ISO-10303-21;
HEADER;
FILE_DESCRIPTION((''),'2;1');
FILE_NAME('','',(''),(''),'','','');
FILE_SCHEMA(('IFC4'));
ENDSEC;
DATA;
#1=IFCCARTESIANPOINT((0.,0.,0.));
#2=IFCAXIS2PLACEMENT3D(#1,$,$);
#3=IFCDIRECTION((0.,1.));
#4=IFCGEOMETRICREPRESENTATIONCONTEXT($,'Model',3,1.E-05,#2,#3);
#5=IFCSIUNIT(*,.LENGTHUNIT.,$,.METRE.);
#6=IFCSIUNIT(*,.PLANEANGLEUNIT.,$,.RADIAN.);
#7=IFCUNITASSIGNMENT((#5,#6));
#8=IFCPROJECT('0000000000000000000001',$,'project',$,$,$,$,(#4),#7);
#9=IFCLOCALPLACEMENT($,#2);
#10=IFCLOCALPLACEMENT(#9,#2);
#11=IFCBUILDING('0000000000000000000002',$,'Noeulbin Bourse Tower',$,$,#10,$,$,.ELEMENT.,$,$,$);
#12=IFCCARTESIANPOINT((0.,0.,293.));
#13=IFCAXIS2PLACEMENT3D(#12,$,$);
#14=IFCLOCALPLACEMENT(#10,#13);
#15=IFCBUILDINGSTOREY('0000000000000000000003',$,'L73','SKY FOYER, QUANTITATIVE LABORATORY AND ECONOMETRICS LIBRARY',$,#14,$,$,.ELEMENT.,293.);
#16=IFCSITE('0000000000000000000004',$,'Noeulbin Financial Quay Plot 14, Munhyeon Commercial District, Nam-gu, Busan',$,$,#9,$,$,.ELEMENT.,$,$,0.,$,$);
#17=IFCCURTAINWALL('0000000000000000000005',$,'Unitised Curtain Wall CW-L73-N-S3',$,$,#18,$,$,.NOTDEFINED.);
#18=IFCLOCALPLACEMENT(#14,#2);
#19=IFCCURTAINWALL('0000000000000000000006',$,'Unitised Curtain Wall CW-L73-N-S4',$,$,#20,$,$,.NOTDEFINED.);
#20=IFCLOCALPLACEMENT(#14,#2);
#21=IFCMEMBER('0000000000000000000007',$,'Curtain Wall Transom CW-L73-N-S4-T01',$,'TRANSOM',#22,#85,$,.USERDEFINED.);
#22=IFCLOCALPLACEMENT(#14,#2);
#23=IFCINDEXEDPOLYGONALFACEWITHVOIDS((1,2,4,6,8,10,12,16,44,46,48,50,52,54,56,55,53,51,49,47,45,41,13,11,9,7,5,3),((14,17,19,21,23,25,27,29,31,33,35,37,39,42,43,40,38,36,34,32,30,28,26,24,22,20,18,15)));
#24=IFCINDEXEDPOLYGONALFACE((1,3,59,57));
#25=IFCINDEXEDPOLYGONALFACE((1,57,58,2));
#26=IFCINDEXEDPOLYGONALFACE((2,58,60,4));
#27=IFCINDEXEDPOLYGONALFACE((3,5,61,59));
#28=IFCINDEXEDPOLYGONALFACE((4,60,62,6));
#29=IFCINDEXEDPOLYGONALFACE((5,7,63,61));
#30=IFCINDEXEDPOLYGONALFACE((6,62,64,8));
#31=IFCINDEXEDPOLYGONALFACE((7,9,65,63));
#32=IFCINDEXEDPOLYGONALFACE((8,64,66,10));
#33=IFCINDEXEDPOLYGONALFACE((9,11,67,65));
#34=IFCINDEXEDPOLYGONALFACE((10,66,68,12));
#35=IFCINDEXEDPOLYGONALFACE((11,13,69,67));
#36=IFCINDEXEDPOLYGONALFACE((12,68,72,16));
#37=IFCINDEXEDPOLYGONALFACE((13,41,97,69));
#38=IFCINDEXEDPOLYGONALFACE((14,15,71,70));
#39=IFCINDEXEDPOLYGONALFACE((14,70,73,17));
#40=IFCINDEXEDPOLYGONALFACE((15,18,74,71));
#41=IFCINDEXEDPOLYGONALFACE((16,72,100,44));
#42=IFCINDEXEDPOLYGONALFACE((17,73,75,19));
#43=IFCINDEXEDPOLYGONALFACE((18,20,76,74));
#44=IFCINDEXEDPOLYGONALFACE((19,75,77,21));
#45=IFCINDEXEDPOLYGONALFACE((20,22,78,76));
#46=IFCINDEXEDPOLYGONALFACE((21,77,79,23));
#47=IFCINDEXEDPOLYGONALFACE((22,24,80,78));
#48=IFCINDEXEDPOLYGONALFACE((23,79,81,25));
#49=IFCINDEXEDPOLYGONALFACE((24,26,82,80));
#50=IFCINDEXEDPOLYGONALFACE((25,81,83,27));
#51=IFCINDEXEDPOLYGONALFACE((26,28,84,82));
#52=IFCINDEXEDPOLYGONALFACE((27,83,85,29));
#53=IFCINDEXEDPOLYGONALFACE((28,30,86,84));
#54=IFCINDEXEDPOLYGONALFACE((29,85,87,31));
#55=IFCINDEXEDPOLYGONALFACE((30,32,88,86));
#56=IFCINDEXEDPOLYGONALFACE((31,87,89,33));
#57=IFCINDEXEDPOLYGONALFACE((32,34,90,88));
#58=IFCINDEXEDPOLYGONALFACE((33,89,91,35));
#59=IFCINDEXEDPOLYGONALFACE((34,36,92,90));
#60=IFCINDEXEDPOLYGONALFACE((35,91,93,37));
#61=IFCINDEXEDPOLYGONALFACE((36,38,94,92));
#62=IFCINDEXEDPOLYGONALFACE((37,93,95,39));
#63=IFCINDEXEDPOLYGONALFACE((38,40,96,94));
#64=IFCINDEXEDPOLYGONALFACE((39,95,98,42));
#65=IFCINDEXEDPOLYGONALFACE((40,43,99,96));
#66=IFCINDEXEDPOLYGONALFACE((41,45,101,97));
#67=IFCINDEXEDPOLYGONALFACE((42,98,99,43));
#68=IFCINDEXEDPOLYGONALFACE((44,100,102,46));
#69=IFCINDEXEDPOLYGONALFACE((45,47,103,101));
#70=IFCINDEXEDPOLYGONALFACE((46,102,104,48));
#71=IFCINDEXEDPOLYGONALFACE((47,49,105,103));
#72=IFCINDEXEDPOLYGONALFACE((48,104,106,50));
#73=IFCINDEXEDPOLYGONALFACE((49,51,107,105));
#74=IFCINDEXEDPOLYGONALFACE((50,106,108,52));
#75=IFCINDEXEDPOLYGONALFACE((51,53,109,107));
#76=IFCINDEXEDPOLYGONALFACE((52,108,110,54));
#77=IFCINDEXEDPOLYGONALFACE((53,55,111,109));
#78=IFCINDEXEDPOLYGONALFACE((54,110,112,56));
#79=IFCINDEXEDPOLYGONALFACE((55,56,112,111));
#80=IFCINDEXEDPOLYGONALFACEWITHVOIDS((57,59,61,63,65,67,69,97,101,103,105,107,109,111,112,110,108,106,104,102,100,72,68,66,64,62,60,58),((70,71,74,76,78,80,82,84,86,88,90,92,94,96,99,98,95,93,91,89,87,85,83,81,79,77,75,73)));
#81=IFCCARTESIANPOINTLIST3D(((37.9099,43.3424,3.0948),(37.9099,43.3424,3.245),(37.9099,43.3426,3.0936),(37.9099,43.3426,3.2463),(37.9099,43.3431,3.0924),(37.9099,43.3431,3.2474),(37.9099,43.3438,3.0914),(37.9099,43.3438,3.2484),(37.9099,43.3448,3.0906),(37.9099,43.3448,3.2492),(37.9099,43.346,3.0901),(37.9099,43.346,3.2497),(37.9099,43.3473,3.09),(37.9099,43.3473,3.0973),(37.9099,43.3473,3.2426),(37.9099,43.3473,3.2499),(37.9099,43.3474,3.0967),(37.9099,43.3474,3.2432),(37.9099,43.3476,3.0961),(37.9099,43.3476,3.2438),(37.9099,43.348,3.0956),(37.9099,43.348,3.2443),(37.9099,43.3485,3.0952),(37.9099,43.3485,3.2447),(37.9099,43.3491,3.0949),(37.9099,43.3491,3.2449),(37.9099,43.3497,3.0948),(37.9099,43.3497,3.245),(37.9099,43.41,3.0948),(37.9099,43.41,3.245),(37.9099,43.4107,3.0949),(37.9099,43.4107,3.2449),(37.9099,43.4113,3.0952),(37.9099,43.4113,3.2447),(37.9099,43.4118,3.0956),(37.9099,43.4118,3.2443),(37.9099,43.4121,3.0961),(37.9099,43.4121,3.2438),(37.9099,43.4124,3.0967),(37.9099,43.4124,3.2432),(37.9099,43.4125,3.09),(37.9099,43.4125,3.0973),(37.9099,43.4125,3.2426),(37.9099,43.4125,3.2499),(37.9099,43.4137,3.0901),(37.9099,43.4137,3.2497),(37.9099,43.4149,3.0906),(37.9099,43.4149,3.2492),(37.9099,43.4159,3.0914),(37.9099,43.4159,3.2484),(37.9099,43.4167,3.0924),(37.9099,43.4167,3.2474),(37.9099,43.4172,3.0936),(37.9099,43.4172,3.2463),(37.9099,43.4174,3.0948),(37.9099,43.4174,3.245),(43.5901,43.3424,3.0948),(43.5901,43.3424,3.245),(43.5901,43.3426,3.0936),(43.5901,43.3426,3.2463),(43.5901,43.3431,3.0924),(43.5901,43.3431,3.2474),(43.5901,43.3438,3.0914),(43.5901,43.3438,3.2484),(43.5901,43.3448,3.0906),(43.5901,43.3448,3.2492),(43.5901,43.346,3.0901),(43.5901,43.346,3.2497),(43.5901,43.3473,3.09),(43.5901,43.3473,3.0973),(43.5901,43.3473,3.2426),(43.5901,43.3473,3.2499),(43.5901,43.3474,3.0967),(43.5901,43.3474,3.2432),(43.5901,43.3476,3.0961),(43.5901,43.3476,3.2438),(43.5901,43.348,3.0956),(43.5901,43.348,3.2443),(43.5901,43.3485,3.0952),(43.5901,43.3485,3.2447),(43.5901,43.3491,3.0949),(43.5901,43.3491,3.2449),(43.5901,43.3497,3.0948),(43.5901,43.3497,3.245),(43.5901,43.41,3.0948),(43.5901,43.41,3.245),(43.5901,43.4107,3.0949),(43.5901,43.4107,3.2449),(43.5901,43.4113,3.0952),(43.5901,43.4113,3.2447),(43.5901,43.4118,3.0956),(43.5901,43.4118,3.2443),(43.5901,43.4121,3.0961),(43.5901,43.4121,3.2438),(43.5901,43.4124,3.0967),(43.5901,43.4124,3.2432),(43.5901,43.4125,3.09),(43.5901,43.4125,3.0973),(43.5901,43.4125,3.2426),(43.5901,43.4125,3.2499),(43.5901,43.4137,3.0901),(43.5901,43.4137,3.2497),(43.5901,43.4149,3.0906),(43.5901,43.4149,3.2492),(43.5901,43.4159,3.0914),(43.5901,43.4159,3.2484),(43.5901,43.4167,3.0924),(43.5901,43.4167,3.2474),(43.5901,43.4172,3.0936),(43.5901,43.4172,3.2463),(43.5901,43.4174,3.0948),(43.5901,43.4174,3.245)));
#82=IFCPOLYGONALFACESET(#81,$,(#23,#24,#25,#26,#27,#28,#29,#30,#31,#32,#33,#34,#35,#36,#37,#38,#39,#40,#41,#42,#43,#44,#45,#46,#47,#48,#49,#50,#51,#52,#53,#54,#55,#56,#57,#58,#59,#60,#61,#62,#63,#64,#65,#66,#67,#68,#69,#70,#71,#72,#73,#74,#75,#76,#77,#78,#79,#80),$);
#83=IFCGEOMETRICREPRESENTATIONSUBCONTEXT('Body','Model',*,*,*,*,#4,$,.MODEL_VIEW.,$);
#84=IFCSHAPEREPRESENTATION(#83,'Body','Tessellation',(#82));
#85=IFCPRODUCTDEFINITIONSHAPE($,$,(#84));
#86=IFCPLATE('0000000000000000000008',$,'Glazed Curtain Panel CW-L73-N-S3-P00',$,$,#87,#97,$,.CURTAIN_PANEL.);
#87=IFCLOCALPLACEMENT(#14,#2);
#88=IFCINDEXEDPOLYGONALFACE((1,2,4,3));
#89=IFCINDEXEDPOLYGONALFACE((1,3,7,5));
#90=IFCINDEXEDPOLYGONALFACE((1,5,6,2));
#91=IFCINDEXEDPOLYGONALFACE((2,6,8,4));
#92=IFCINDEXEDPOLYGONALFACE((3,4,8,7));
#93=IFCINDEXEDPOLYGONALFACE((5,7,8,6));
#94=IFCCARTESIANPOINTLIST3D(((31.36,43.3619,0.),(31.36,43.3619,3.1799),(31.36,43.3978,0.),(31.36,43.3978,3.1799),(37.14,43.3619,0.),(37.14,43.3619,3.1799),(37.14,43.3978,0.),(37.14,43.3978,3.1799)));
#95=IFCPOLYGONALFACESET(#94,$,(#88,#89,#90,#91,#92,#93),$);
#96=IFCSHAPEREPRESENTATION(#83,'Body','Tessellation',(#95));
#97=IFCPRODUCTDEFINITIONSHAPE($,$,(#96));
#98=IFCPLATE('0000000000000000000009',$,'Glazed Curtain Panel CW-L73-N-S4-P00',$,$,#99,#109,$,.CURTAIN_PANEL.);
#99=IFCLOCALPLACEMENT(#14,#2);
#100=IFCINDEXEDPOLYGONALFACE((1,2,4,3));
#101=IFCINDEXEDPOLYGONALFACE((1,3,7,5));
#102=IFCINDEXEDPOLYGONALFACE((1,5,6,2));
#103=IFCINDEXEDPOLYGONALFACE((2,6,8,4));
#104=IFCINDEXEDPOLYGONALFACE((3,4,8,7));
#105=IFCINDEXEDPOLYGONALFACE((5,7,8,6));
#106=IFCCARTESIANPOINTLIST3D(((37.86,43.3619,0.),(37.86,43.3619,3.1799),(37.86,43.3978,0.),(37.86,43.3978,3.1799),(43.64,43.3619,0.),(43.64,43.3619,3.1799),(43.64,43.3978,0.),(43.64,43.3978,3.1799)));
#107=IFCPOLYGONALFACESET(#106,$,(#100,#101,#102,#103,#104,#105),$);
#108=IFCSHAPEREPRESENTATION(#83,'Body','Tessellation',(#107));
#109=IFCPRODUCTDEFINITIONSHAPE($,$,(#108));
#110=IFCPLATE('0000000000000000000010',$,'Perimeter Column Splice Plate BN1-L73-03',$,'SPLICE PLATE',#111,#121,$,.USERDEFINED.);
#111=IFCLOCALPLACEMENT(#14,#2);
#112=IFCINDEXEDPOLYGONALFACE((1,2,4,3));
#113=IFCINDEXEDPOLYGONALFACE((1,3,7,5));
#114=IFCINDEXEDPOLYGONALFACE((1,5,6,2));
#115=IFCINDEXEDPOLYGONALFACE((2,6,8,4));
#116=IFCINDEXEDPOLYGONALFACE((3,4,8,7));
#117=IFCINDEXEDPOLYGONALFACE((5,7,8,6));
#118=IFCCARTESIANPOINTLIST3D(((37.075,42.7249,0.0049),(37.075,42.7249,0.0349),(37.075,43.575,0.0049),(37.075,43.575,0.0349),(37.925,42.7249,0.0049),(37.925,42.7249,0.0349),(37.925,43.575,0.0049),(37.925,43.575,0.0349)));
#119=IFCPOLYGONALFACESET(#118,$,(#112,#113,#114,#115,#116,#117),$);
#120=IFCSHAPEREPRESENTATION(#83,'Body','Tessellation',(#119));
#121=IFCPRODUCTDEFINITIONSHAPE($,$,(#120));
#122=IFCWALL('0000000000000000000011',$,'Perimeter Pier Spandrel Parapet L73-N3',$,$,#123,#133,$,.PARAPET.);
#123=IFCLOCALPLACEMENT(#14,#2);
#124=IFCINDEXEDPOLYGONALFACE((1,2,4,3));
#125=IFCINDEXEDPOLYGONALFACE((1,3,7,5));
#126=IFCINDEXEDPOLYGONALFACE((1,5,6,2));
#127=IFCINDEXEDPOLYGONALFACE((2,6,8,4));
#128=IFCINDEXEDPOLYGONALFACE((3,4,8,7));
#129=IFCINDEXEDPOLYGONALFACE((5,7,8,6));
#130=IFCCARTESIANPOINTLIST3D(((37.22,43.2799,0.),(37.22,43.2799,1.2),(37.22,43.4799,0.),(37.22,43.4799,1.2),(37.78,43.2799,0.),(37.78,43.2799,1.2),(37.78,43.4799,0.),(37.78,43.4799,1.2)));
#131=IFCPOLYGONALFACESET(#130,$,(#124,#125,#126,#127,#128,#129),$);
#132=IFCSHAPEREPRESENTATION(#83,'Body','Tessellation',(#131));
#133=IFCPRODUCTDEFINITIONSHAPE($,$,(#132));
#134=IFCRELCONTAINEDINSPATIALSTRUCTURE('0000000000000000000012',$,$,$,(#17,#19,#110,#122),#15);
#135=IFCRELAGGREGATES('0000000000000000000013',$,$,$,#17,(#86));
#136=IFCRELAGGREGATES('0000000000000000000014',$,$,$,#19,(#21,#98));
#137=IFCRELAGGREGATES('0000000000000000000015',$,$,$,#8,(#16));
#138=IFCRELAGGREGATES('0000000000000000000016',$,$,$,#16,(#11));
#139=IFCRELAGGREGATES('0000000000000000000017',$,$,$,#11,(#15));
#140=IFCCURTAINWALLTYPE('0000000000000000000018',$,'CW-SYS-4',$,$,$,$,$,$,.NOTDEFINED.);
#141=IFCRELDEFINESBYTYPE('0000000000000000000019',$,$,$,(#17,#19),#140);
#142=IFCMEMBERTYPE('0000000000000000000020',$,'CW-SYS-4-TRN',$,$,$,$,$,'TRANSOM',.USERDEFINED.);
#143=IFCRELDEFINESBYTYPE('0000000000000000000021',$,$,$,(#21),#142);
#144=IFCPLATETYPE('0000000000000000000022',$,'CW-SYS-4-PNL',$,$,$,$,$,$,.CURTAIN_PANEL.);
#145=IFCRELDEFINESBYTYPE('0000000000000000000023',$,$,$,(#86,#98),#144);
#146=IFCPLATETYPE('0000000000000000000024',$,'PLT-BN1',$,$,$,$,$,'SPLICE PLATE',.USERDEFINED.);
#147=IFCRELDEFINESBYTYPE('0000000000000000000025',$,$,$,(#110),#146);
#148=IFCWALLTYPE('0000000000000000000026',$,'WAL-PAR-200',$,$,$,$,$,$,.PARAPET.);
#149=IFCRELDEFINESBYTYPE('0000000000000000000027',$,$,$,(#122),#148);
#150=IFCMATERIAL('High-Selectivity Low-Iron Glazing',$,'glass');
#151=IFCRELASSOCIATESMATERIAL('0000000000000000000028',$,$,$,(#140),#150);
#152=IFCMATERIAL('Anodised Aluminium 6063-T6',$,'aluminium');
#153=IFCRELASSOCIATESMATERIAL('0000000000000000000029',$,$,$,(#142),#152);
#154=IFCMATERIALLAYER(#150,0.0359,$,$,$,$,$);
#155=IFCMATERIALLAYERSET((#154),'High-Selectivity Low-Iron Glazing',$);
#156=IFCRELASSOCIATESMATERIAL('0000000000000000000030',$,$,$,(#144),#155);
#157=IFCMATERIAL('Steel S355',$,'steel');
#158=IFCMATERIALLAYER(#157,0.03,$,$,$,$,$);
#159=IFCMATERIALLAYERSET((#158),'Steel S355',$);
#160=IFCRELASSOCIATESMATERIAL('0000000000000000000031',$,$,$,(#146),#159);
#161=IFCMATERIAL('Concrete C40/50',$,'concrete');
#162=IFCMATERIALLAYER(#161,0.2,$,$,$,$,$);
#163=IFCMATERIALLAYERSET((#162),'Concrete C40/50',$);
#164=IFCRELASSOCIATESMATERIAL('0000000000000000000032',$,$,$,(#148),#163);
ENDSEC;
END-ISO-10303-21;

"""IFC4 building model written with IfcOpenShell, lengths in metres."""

from ifc_helpers import new_model, si_unit, direction, frame, frame_2d, origin, origin_2d, place, context, subcontext, project, spatial, rectangle, hollow_rectangle, extrude, material, layer, layer_set, material_profile, profile_set, type_object, element, aggregate, save


model = new_model("IFC4")

# Units and contexts
model_context = context("Model", 3, precision=1e-05, world=origin(), true_north=direction((0.0, 1.0)))
body_context = subcontext(model_context, "Body", "Model", "MODEL_VIEW")
ifc_project = project(units=[si_unit("LENGTHUNIT", "METRE"), si_unit("PLANEANGLEUNIT", "RADIAN")], contexts=[model_context])

# Site, building, storey
site_placement = place(None, origin())
site = spatial("IfcSite", under=ifc_project, at=site_placement, Name="Noeulbin Financial Quay Plot 14, Munhyeon Commercial District, Nam-gu, Busan", CompositionType="ELEMENT", RefElevation=0.0)
building_placement = place(site_placement, origin())
building = spatial("IfcBuilding", under=site, at=building_placement, Name="Noeulbin Bourse Tower", CompositionType="ELEMENT")
storey_placement = place(building_placement, frame((0.0, 0.0, 293.0)))
storey = spatial("IfcBuildingStorey", under=building, at=storey_placement, Name="L73", Description="SKY FOYER, QUANTITATIVE LABORATORY AND ECONOMETRICS LIBRARY", CompositionType="ELEMENT", Elevation=293.0)

# Shared definitions
ifc_material_1 = material(Name="Steel S355", Category="steel")

# Curtain wall
ifc_material_2 = material(Name="High-Selectivity Low-Iron Glazing", Category="glass")
curtain_wall_type = type_object("IfcCurtainWallType", Name="CW-SYS-4", PredefinedType="NOTDEFINED", material=ifc_material_2)
curtain_wall_1_placement = place(storey_placement, origin())
curtain_wall_1 = element("IfcCurtainWall", 1, at=curtain_wall_1_placement, inside=storey, type_object=curtain_wall_type, Name="Unitised Curtain Wall CW-L73-N-S3", PredefinedType="NOTDEFINED")
ifc_material_3 = material(Name="Anodised Aluminium 6063-T6", Category="aluminium")

# Curtain wall, member
curtain_wall_2_placement = place(storey_placement, origin())
curtain_wall_2 = element("IfcCurtainWall", 2, at=curtain_wall_2_placement, inside=storey, type_object=curtain_wall_type, Name="Unitised Curtain Wall CW-L73-N-S4", PredefinedType="NOTDEFINED")
ifc_material_profile_1 = material_profile(ifc_material_3, hollow_rectangle(XDim=0.075, YDim=0.1599, WallThickness=0.0049, InnerFilletRadius=0.0024, OuterFilletRadius=0.0049, at=origin_2d()), Name="ALU-TRAN-75x160x5", Category="LoadBearing")
ifc_profile_set_1 = profile_set([ifc_material_profile_1], Name="Anodised Aluminium 6063-T6")
member_type_1 = type_object("IfcMemberType", Name="CW-SYS-4-TRN", ElementType="TRANSOM", PredefinedType="USERDEFINED", material=ifc_profile_set_1)
member_1_placement = place(storey_placement, frame((37.9099, 43.3799, 3.1699), z_axis=(1.0, 0.0, 0.0), x_axis=(0.0, 1.0, 0.0)))
member_1 = element("IfcMember", 3, at=member_1_placement, type_object=member_type_1, Name="Curtain Wall Transom CW-L73-N-S4-T01", ObjectType="TRANSOM", PredefinedType="USERDEFINED", context=body_context, shape_type="SweptSolid", body=[
    extrude(hollow_rectangle(XDim=0.075, YDim=0.1599, WallThickness=0.0049, InnerFilletRadius=0.0024, OuterFilletRadius=0.0049, at=origin_2d()), origin(), (0.0, 0.0, 1.0), 5.6802),
])

# Plates
ifc_layer_1 = layer(ifc_material_2, 0.0359)
ifc_layer_set_1 = layer_set([ifc_layer_1], Name="High-Selectivity Low-Iron Glazing")
plate_type_1 = type_object("IfcPlateType", Name="CW-SYS-4-PNL", PredefinedType="CURTAIN_PANEL", material=ifc_layer_set_1)
plate_1_placement = place(storey_placement, frame((34.25, 43.3799, 0.0), z_axis=(0.0, 0.0, 1.0), x_axis=(1.0, 0.0, 0.0)))
plate_1 = element("IfcPlate", 4, at=plate_1_placement, type_object=plate_type_1, Name="Glazed Curtain Panel CW-L73-N-S3-P00", PredefinedType="CURTAIN_PANEL", context=body_context, shape_type="SweptSolid", body=[
    extrude(rectangle(XDim=5.78, YDim=0.0359, at=origin_2d()), origin(), (0.0, 0.0, 1.0), 3.1799),
])
aggregate(curtain_wall_1, [plate_1])
plate_2_placement = place(storey_placement, frame((40.75, 43.3799, 0.0), z_axis=(0.0, 0.0, 1.0), x_axis=(1.0, 0.0, 0.0)))
plate_2 = element("IfcPlate", 5, at=plate_2_placement, type_object=plate_type_1, Name="Glazed Curtain Panel CW-L73-N-S4-P00", PredefinedType="CURTAIN_PANEL", context=body_context, shape_type="SweptSolid", body=[
    extrude(rectangle(XDim=5.78, YDim=0.0359, at=origin_2d()), origin(), (0.0, 0.0, 1.0), 3.1799),
])
aggregate(curtain_wall_2, [member_1, plate_2])
ifc_layer_2 = layer(ifc_material_1, 0.03)
ifc_layer_set_2 = layer_set([ifc_layer_2], Name="Steel S355")
plate_type_2 = type_object("IfcPlateType", Name="PLT-BN1", ElementType="SPLICE PLATE", PredefinedType="USERDEFINED", material=ifc_layer_set_2)
plate_3_placement = place(storey_placement, frame((37.5, 43.1499, 0.0049), z_axis=(0.0, 0.0, 1.0), x_axis=(1.0, 0.0, 0.0)))
element("IfcPlate", 6, at=plate_3_placement, inside=storey, type_object=plate_type_2, Name="Perimeter Column Splice Plate BN1-L73-03", ObjectType="SPLICE PLATE", PredefinedType="USERDEFINED", context=body_context, shape_type="SweptSolid", body=[
    extrude(rectangle(XDim=0.8501, YDim=0.8501, at=origin_2d()), origin(), (0.0, 0.0, 1.0), 0.03),
])

# Wall
ifc_material_4 = material(Name="Concrete C40/50", Category="concrete")
ifc_layer_3 = layer(ifc_material_4, 0.2)
ifc_layer_set_3 = layer_set([ifc_layer_3], Name="Concrete C40/50")
wall_type = type_object("IfcWallType", Name="WAL-PAR-200", PredefinedType="PARAPET", material=ifc_layer_set_3)
wall_placement = place(storey_placement, frame((37.22, 43.3799, 0.0), z_axis=(0.0, 0.0, 1.0), x_axis=(1.0, 0.0, 0.0)))
element("IfcWall", 7, at=wall_placement, inside=storey, type_object=wall_type, Name="Perimeter Pier Spandrel Parapet L73-N3", PredefinedType="PARAPET", context=body_context, shape_type="SweptSolid", body=[
    extrude(rectangle(XDim=0.5601, YDim=0.2, at=frame_2d((0.28, 0.0))), origin(), (0.0, 0.0, 1.0), 1.2),
])

save(model, "model.ifc")
